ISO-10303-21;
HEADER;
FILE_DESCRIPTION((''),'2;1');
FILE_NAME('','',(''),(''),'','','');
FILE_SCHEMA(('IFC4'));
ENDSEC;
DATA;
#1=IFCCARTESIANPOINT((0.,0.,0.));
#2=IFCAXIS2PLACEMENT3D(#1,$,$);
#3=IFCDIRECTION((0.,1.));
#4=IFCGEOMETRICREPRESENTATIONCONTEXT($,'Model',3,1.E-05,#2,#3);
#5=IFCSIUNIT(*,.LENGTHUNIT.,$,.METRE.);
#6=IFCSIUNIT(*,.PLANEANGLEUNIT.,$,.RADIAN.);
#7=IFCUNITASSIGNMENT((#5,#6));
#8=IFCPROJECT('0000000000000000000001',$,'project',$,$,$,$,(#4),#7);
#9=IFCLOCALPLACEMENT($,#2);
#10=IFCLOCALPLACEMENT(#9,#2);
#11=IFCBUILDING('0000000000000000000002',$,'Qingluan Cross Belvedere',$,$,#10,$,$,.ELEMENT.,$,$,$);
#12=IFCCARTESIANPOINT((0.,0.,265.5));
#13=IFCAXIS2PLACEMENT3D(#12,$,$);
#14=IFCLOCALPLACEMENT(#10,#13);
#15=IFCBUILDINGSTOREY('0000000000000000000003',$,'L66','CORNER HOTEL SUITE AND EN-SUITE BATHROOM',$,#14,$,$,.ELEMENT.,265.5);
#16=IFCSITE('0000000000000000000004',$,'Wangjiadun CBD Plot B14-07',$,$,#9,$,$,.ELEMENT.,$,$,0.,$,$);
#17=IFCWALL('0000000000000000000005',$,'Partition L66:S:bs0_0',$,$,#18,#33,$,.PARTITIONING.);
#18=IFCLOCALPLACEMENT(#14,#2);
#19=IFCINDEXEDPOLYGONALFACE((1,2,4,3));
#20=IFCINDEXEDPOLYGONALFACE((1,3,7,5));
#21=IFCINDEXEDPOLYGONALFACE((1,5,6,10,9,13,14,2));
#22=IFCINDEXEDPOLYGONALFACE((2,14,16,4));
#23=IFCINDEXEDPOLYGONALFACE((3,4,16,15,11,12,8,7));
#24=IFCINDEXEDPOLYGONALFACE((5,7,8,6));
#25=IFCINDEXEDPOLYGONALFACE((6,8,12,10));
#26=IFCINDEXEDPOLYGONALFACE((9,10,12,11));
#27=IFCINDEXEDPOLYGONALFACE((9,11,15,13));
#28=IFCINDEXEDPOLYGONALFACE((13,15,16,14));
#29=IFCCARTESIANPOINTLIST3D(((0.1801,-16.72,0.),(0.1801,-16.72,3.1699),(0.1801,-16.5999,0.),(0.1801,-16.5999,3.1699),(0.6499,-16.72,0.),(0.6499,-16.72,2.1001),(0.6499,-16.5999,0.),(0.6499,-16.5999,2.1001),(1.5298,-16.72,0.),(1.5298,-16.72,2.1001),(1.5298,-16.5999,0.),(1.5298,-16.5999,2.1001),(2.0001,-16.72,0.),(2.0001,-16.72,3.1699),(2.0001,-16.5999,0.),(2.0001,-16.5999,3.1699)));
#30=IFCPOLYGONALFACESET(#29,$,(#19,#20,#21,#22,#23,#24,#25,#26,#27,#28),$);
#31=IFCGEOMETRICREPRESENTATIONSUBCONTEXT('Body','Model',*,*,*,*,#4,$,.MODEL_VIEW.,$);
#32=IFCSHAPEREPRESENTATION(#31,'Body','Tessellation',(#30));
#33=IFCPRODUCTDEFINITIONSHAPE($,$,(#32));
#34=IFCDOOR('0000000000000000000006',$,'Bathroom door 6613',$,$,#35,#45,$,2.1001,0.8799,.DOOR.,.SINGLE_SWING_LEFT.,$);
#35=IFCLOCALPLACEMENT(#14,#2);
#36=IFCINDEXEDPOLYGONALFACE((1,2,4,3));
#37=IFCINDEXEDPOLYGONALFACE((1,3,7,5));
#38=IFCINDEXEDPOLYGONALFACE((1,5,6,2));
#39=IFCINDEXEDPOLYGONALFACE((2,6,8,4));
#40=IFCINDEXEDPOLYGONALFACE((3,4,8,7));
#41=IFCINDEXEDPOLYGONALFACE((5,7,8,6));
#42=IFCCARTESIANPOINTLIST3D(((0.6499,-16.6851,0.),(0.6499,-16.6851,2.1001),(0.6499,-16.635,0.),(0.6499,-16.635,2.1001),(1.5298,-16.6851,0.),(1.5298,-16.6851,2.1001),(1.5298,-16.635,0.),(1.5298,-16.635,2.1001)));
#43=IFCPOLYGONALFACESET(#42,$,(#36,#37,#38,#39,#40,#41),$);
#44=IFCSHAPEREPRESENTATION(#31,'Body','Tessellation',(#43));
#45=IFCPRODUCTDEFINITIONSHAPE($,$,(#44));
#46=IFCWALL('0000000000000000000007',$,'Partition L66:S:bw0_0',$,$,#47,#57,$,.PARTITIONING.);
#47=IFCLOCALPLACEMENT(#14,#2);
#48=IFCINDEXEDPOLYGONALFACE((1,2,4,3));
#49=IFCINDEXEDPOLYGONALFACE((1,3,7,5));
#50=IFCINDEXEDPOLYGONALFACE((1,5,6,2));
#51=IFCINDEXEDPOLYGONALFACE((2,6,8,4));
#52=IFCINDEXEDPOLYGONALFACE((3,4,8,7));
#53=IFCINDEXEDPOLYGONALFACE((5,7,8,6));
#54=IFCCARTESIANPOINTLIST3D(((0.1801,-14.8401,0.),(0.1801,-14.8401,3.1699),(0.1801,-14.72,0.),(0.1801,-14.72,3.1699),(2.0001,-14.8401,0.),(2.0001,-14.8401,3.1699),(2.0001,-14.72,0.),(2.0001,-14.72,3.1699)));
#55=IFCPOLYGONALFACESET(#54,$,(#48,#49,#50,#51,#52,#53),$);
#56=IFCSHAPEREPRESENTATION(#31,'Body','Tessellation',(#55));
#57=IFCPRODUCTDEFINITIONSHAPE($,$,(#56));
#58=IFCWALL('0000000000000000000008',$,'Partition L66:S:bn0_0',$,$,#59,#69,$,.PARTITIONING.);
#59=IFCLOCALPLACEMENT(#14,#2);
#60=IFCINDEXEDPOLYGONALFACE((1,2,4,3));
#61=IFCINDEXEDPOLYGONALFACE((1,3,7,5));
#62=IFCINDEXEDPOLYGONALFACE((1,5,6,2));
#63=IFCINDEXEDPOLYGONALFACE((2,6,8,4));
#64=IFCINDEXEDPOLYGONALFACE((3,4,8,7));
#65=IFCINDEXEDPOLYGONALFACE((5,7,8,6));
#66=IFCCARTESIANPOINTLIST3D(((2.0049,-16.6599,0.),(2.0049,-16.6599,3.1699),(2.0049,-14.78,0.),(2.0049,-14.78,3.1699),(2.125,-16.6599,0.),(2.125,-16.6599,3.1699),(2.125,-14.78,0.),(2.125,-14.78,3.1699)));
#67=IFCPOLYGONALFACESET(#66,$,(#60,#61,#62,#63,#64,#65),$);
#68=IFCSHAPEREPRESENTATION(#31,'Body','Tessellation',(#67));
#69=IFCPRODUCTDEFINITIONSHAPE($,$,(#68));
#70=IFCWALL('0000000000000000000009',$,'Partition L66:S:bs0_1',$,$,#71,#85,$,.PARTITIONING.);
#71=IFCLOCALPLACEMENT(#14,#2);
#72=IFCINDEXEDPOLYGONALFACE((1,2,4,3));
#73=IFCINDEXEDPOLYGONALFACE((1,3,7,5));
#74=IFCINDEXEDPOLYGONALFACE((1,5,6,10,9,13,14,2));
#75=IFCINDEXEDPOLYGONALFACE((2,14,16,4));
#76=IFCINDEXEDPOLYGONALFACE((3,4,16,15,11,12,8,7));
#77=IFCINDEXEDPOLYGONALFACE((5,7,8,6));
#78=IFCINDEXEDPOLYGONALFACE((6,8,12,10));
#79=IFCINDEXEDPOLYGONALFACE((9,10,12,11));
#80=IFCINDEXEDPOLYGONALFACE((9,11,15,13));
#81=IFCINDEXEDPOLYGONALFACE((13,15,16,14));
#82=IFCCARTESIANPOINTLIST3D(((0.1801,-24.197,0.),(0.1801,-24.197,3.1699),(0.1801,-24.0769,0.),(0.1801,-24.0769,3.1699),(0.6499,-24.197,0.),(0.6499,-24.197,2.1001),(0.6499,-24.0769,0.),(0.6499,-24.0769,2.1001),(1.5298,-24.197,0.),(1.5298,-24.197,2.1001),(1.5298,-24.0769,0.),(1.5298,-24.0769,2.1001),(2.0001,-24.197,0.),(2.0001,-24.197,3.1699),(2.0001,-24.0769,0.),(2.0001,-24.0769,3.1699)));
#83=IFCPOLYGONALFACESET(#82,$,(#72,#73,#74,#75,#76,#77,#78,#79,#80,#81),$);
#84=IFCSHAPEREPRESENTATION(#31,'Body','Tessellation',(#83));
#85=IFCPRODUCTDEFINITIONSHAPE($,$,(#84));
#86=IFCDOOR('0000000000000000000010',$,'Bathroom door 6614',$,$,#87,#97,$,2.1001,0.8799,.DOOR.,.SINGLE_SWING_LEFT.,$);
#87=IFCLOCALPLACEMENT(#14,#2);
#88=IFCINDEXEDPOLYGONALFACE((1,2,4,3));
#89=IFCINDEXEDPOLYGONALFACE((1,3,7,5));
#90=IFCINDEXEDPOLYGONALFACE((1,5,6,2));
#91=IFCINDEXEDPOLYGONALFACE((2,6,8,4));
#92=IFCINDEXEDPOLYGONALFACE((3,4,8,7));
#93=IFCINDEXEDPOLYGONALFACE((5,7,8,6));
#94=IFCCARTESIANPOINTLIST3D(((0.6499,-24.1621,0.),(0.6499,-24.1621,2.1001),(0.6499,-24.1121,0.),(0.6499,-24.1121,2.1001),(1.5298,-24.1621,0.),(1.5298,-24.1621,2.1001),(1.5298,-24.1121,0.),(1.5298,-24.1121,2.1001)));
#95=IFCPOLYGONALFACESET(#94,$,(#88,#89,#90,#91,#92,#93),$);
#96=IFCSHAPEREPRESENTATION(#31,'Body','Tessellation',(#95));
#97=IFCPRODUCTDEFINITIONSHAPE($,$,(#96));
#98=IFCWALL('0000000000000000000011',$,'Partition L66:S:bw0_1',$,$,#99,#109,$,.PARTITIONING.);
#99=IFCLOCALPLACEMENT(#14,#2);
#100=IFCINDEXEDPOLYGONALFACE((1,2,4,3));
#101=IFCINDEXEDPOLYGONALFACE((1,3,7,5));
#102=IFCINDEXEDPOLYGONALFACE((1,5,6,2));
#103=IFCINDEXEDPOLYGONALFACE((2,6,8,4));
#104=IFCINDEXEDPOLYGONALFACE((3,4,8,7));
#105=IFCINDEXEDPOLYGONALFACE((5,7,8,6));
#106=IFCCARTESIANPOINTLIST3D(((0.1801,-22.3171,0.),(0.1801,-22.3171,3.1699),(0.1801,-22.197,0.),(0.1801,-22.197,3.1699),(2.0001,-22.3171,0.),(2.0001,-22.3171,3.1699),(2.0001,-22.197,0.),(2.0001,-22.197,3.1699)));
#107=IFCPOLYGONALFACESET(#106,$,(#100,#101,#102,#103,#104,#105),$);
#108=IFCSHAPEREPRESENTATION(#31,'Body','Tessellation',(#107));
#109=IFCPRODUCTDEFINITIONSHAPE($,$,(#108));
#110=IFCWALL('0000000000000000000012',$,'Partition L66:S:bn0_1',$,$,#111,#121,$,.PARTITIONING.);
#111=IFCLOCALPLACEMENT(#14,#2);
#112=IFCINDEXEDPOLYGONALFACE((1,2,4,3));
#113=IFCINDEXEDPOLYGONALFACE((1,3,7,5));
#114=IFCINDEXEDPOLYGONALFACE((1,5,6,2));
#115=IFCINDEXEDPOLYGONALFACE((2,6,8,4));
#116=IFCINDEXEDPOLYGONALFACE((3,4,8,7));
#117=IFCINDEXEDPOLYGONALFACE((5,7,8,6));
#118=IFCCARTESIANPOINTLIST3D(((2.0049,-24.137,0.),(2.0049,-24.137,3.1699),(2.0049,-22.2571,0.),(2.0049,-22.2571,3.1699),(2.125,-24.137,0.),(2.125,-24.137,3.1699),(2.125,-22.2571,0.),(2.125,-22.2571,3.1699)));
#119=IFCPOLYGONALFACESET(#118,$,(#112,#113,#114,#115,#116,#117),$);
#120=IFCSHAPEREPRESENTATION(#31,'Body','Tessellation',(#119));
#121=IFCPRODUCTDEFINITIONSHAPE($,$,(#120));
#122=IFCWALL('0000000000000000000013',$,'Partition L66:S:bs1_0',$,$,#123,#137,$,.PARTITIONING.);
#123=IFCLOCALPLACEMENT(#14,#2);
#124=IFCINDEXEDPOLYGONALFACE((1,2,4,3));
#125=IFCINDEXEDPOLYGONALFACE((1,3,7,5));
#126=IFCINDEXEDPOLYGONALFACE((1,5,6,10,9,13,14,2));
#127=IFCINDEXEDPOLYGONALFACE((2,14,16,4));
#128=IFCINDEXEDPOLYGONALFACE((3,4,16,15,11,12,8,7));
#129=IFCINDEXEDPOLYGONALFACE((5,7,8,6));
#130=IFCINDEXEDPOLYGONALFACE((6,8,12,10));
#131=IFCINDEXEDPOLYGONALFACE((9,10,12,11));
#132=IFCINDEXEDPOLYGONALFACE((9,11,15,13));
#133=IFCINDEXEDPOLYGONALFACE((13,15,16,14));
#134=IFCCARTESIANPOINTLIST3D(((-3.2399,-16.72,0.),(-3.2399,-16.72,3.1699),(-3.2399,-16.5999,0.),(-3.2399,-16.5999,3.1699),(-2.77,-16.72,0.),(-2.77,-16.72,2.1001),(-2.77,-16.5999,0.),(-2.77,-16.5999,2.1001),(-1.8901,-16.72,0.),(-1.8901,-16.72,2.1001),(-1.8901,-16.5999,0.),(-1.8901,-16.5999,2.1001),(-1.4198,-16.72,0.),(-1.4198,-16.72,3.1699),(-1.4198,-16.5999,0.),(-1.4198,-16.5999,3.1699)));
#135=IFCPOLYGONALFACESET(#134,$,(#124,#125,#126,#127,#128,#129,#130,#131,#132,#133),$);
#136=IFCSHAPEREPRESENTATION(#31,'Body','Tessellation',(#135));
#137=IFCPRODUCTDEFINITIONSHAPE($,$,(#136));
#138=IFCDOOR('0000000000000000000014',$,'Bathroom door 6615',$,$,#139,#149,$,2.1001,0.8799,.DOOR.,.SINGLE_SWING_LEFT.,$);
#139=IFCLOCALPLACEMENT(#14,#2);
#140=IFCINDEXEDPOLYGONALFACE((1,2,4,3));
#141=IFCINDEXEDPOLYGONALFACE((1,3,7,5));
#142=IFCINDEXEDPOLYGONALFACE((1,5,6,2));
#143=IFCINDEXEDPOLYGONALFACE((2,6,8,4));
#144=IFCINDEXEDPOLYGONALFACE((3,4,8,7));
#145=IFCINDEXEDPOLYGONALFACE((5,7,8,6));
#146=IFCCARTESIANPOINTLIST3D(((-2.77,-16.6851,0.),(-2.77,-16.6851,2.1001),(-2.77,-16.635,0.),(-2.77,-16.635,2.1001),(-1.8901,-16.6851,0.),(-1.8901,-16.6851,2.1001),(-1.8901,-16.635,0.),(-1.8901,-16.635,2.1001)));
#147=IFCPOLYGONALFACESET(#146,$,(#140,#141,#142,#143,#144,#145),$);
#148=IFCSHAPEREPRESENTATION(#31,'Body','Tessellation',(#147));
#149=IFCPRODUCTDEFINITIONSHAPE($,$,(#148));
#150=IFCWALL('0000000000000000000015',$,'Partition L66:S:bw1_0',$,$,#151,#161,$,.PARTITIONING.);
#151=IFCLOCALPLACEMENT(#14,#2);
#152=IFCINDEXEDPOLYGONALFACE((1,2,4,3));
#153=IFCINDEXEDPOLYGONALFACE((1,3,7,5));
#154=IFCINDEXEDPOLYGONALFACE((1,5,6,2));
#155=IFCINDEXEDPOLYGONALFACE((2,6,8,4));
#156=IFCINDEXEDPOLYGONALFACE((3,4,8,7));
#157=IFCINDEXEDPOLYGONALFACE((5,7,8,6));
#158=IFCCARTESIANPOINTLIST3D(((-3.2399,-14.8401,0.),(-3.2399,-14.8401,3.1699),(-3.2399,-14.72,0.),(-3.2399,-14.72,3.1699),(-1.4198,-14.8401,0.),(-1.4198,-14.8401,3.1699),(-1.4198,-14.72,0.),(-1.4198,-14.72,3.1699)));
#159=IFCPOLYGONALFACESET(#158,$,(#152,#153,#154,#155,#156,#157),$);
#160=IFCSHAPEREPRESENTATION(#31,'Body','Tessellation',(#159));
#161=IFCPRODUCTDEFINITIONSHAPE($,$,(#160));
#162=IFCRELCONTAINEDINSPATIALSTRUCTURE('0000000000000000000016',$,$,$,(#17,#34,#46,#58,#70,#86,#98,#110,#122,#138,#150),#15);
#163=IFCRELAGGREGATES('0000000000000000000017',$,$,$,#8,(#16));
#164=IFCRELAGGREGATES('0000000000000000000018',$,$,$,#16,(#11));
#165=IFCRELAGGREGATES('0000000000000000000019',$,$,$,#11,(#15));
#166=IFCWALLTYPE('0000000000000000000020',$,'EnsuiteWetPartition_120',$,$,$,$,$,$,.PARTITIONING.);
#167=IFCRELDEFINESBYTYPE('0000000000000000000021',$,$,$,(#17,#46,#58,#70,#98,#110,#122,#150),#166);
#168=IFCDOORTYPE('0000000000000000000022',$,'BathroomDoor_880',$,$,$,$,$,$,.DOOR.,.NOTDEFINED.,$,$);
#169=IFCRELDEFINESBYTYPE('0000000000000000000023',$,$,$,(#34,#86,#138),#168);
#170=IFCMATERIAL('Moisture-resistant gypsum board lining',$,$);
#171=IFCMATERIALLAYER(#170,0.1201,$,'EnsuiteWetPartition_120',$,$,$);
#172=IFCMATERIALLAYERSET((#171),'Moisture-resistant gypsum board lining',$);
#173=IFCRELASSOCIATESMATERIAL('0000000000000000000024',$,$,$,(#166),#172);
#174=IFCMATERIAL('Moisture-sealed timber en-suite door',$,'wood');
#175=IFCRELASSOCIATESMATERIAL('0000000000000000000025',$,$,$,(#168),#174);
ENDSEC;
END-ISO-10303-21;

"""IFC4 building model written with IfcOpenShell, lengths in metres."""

from ifc_helpers import new_model, si_unit, direction, frame, frame_2d, origin, place, context, subcontext, project, spatial, rectangle, extrude, material, layer, layer_set, type_object, element, fill, save


model = new_model("IFC4")

# Units and contexts
model_context = context("Model", 3, precision=1e-05, world=origin(), true_north=direction((0.0, 1.0)))
body_context = subcontext(model_context, "Body", "Model", "MODEL_VIEW")
ifc_project = project(units=[si_unit("LENGTHUNIT", "METRE"), si_unit("PLANEANGLEUNIT", "RADIAN")], contexts=[model_context])

# Site, building, storey
site_placement = place(None, origin())
site = spatial("IfcSite", under=ifc_project, at=site_placement, Name="Wangjiadun CBD Plot B14-07", CompositionType="ELEMENT", RefElevation=0.0)
building_placement = place(site_placement, origin())
building = spatial("IfcBuilding", under=site, at=building_placement, Name="Qingluan Cross Belvedere", CompositionType="ELEMENT")
storey_placement = place(building_placement, frame((0.0, 0.0, 265.5)))
storey = spatial("IfcBuildingStorey", under=building, at=storey_placement, Name="L66", Description="CORNER HOTEL SUITE AND EN-SUITE BATHROOM", CompositionType="ELEMENT", Elevation=265.5)

# Wall, opening, door
ifc_material_1 = material(Name="Moisture-resistant gypsum board lining")
ifc_layer_1 = layer(ifc_material_1, 0.1201, Name="EnsuiteWetPartition_120")
ifc_layer_set_1 = layer_set([ifc_layer_1], Name="Moisture-resistant gypsum board lining")
wall_type_1 = type_object("IfcWallType", Name="EnsuiteWetPartition_120", PredefinedType="PARTITIONING", material=ifc_layer_set_1)
wall_1_placement = place(storey_placement, frame((0.1799, -16.6599, 0.0), z_axis=(0.0, 0.0, 1.0), x_axis=(1.0, 0.0, 0.0)))
wall_1 = element("IfcWall", 1, at=wall_1_placement, inside=storey, type_object=wall_type_1, Name="Partition L66:S:bs0_0", PredefinedType="PARTITIONING", context=body_context, shape_type="SweptSolid", body=[
    extrude(rectangle(XDim=1.8201, YDim=0.1201, at=frame_2d((0.9102, 0.0))), origin(), (0.0, 0.0, 1.0), 3.1699),
])
opening_1_placement = place(wall_1_placement, frame((0.47, 0.0, 0.0)))
opening_1 = element("IfcOpeningElement", 2, at=opening_1_placement, cuts=wall_1, PredefinedType="OPENING", context=body_context, shape_type="SweptSolid", body=[
    extrude(rectangle(XDim=0.8799, YDim=2.1001, at=frame_2d((0.4399, 1.05))), frame((0.0, 0.0701, 0.0), z_axis=(0.0, -1.0, 0.0), x_axis=(1.0, 0.0, 0.0)), (0.0, 0.0, 1.0), 0.1401),
])
ifc_material_2 = material(Name="Moisture-sealed timber en-suite door", Category="wood")
door_type_1 = type_object("IfcDoorType", Name="BathroomDoor_880", OperationType="NOTDEFINED", PredefinedType="DOOR", material=ifc_material_2)
door_1_placement = place(opening_1_placement, origin())
door_1 = element("IfcDoor", 3, at=door_1_placement, inside=storey, type_object=door_type_1, Name="Bathroom door 6613", OperationType="SINGLE_SWING_LEFT", OverallHeight=2.1001, OverallWidth=0.8799, PredefinedType="DOOR", context=body_context, shape_type="SweptSolid", body=[
    extrude(rectangle(XDim=0.8799, YDim=2.1001, at=frame_2d((0.4399, 1.05))), frame((0.0, 0.0249, 0.0), z_axis=(0.0, -1.0, 0.0), x_axis=(1.0, 0.0, 0.0)), (0.0, 0.0, 1.0), 0.05),
])
fill(opening_1, door_1)

# Walls
wall_2_placement = place(storey_placement, frame((0.1799, -14.78, 0.0), z_axis=(0.0, 0.0, 1.0), x_axis=(1.0, 0.0, 0.0)))
element("IfcWall", 4, at=wall_2_placement, inside=storey, type_object=wall_type_1, Name="Partition L66:S:bw0_0", PredefinedType="PARTITIONING", context=body_context, shape_type="SweptSolid", body=[
    extrude(rectangle(XDim=1.8201, YDim=0.1201, at=frame_2d((0.9102, 0.0))), origin(), (0.0, 0.0, 1.0), 3.1699),
])
wall_3_placement = place(storey_placement, frame((2.0649, -14.78, 0.0), z_axis=(0.0, 0.0, 1.0), x_axis=(0.0, -1.0, 0.0)))
element("IfcWall", 5, at=wall_3_placement, inside=storey, type_object=wall_type_1, Name="Partition L66:S:bn0_0", PredefinedType="PARTITIONING", context=body_context, shape_type="SweptSolid", body=[
    extrude(rectangle(XDim=1.8799, YDim=0.1201, at=frame_2d((0.9399, 0.0))), origin(), (0.0, 0.0, 1.0), 3.1699),
])

# Wall, opening, door
wall_4_placement = place(storey_placement, frame((0.1799, -24.137, 0.0), z_axis=(0.0, 0.0, 1.0), x_axis=(1.0, 0.0, 0.0)))
wall_4 = element("IfcWall", 6, at=wall_4_placement, inside=storey, type_object=wall_type_1, Name="Partition L66:S:bs0_1", PredefinedType="PARTITIONING", context=body_context, shape_type="SweptSolid", body=[
    extrude(rectangle(XDim=1.8201, YDim=0.1201, at=frame_2d((0.9102, 0.0))), origin(), (0.0, 0.0, 1.0), 3.1699),
])
opening_2_placement = place(wall_4_placement, frame((0.47, 0.0, 0.0)))
opening_2 = element("IfcOpeningElement", 7, at=opening_2_placement, cuts=wall_4, PredefinedType="OPENING", context=body_context, shape_type="SweptSolid", body=[
    extrude(rectangle(XDim=0.8799, YDim=2.1001, at=frame_2d((0.4399, 1.05))), frame((0.0, 0.0701, 0.0), z_axis=(0.0, -1.0, 0.0), x_axis=(1.0, 0.0, 0.0)), (0.0, 0.0, 1.0), 0.1401),
])
door_2_placement = place(opening_2_placement, origin())
door_2 = element("IfcDoor", 8, at=door_2_placement, inside=storey, type_object=door_type_1, Name="Bathroom door 6614", OperationType="SINGLE_SWING_LEFT", OverallHeight=2.1001, OverallWidth=0.8799, PredefinedType="DOOR", context=body_context, shape_type="SweptSolid", body=[
    extrude(rectangle(XDim=0.8799, YDim=2.1001, at=frame_2d((0.4399, 1.05))), frame((0.0, 0.0249, 0.0), z_axis=(0.0, -1.0, 0.0), x_axis=(1.0, 0.0, 0.0)), (0.0, 0.0, 1.0), 0.05),
])
fill(opening_2, door_2)

# Walls
wall_5_placement = place(storey_placement, frame((0.1799, -22.2571, 0.0), z_axis=(0.0, 0.0, 1.0), x_axis=(1.0, 0.0, 0.0)))
element("IfcWall", 9, at=wall_5_placement, inside=storey, type_object=wall_type_1, Name="Partition L66:S:bw0_1", PredefinedType="PARTITIONING", context=body_context, shape_type="SweptSolid", body=[
    extrude(rectangle(XDim=1.8201, YDim=0.1201, at=frame_2d((0.9102, 0.0))), origin(), (0.0, 0.0, 1.0), 3.1699),
])
wall_6_placement = place(storey_placement, frame((2.0649, -22.2571, 0.0), z_axis=(0.0, 0.0, 1.0), x_axis=(0.0, -1.0, 0.0)))
element("IfcWall", 10, at=wall_6_placement, inside=storey, type_object=wall_type_1, Name="Partition L66:S:bn0_1", PredefinedType="PARTITIONING", context=body_context, shape_type="SweptSolid", body=[
    extrude(rectangle(XDim=1.8799, YDim=0.1201, at=frame_2d((0.9399, 0.0))), origin(), (0.0, 0.0, 1.0), 3.1699),
])

# Wall, opening, door
wall_7_placement = place(storey_placement, frame((-3.24, -16.6599, 0.0), z_axis=(0.0, 0.0, 1.0), x_axis=(1.0, 0.0, 0.0)))
wall_7 = element("IfcWall", 11, at=wall_7_placement, inside=storey, type_object=wall_type_1, Name="Partition L66:S:bs1_0", PredefinedType="PARTITIONING", context=body_context, shape_type="SweptSolid", body=[
    extrude(rectangle(XDim=1.8201, YDim=0.1201, at=frame_2d((0.9102, 0.0))), origin(), (0.0, 0.0, 1.0), 3.1699),
])
opening_3_placement = place(wall_7_placement, frame((0.47, 0.0, 0.0)))
opening_3 = element("IfcOpeningElement", 12, at=opening_3_placement, cuts=wall_7, PredefinedType="OPENING", context=body_context, shape_type="SweptSolid", body=[
    extrude(rectangle(XDim=0.8799, YDim=2.1001, at=frame_2d((0.4399, 1.05))), frame((0.0, 0.0701, 0.0), z_axis=(0.0, -1.0, 0.0), x_axis=(1.0, 0.0, 0.0)), (0.0, 0.0, 1.0), 0.1401),
])
door_3_placement = place(opening_3_placement, origin())
door_3 = element("IfcDoor", 13, at=door_3_placement, inside=storey, type_object=door_type_1, Name="Bathroom door 6615", OperationType="SINGLE_SWING_LEFT", OverallHeight=2.1001, OverallWidth=0.8799, PredefinedType="DOOR", context=body_context, shape_type="SweptSolid", body=[
    extrude(rectangle(XDim=0.8799, YDim=2.1001, at=frame_2d((0.4399, 1.05))), frame((0.0, 0.0249, 0.0), z_axis=(0.0, -1.0, 0.0), x_axis=(1.0, 0.0, 0.0)), (0.0, 0.0, 1.0), 0.05),
])
fill(opening_3, door_3)

# Wall
wall_8_placement = place(storey_placement, frame((-3.24, -14.78, 0.0), z_axis=(0.0, 0.0, 1.0), x_axis=(1.0, 0.0, 0.0)))
element("IfcWall", 14, at=wall_8_placement, inside=storey, type_object=wall_type_1, Name="Partition L66:S:bw1_0", PredefinedType="PARTITIONING", context=body_context, shape_type="SweptSolid", body=[
    extrude(rectangle(XDim=1.8201, YDim=0.1201, at=frame_2d((0.9102, 0.0))), origin(), (0.0, 0.0, 1.0), 3.1699),
])

save(model, "model.ifc")
